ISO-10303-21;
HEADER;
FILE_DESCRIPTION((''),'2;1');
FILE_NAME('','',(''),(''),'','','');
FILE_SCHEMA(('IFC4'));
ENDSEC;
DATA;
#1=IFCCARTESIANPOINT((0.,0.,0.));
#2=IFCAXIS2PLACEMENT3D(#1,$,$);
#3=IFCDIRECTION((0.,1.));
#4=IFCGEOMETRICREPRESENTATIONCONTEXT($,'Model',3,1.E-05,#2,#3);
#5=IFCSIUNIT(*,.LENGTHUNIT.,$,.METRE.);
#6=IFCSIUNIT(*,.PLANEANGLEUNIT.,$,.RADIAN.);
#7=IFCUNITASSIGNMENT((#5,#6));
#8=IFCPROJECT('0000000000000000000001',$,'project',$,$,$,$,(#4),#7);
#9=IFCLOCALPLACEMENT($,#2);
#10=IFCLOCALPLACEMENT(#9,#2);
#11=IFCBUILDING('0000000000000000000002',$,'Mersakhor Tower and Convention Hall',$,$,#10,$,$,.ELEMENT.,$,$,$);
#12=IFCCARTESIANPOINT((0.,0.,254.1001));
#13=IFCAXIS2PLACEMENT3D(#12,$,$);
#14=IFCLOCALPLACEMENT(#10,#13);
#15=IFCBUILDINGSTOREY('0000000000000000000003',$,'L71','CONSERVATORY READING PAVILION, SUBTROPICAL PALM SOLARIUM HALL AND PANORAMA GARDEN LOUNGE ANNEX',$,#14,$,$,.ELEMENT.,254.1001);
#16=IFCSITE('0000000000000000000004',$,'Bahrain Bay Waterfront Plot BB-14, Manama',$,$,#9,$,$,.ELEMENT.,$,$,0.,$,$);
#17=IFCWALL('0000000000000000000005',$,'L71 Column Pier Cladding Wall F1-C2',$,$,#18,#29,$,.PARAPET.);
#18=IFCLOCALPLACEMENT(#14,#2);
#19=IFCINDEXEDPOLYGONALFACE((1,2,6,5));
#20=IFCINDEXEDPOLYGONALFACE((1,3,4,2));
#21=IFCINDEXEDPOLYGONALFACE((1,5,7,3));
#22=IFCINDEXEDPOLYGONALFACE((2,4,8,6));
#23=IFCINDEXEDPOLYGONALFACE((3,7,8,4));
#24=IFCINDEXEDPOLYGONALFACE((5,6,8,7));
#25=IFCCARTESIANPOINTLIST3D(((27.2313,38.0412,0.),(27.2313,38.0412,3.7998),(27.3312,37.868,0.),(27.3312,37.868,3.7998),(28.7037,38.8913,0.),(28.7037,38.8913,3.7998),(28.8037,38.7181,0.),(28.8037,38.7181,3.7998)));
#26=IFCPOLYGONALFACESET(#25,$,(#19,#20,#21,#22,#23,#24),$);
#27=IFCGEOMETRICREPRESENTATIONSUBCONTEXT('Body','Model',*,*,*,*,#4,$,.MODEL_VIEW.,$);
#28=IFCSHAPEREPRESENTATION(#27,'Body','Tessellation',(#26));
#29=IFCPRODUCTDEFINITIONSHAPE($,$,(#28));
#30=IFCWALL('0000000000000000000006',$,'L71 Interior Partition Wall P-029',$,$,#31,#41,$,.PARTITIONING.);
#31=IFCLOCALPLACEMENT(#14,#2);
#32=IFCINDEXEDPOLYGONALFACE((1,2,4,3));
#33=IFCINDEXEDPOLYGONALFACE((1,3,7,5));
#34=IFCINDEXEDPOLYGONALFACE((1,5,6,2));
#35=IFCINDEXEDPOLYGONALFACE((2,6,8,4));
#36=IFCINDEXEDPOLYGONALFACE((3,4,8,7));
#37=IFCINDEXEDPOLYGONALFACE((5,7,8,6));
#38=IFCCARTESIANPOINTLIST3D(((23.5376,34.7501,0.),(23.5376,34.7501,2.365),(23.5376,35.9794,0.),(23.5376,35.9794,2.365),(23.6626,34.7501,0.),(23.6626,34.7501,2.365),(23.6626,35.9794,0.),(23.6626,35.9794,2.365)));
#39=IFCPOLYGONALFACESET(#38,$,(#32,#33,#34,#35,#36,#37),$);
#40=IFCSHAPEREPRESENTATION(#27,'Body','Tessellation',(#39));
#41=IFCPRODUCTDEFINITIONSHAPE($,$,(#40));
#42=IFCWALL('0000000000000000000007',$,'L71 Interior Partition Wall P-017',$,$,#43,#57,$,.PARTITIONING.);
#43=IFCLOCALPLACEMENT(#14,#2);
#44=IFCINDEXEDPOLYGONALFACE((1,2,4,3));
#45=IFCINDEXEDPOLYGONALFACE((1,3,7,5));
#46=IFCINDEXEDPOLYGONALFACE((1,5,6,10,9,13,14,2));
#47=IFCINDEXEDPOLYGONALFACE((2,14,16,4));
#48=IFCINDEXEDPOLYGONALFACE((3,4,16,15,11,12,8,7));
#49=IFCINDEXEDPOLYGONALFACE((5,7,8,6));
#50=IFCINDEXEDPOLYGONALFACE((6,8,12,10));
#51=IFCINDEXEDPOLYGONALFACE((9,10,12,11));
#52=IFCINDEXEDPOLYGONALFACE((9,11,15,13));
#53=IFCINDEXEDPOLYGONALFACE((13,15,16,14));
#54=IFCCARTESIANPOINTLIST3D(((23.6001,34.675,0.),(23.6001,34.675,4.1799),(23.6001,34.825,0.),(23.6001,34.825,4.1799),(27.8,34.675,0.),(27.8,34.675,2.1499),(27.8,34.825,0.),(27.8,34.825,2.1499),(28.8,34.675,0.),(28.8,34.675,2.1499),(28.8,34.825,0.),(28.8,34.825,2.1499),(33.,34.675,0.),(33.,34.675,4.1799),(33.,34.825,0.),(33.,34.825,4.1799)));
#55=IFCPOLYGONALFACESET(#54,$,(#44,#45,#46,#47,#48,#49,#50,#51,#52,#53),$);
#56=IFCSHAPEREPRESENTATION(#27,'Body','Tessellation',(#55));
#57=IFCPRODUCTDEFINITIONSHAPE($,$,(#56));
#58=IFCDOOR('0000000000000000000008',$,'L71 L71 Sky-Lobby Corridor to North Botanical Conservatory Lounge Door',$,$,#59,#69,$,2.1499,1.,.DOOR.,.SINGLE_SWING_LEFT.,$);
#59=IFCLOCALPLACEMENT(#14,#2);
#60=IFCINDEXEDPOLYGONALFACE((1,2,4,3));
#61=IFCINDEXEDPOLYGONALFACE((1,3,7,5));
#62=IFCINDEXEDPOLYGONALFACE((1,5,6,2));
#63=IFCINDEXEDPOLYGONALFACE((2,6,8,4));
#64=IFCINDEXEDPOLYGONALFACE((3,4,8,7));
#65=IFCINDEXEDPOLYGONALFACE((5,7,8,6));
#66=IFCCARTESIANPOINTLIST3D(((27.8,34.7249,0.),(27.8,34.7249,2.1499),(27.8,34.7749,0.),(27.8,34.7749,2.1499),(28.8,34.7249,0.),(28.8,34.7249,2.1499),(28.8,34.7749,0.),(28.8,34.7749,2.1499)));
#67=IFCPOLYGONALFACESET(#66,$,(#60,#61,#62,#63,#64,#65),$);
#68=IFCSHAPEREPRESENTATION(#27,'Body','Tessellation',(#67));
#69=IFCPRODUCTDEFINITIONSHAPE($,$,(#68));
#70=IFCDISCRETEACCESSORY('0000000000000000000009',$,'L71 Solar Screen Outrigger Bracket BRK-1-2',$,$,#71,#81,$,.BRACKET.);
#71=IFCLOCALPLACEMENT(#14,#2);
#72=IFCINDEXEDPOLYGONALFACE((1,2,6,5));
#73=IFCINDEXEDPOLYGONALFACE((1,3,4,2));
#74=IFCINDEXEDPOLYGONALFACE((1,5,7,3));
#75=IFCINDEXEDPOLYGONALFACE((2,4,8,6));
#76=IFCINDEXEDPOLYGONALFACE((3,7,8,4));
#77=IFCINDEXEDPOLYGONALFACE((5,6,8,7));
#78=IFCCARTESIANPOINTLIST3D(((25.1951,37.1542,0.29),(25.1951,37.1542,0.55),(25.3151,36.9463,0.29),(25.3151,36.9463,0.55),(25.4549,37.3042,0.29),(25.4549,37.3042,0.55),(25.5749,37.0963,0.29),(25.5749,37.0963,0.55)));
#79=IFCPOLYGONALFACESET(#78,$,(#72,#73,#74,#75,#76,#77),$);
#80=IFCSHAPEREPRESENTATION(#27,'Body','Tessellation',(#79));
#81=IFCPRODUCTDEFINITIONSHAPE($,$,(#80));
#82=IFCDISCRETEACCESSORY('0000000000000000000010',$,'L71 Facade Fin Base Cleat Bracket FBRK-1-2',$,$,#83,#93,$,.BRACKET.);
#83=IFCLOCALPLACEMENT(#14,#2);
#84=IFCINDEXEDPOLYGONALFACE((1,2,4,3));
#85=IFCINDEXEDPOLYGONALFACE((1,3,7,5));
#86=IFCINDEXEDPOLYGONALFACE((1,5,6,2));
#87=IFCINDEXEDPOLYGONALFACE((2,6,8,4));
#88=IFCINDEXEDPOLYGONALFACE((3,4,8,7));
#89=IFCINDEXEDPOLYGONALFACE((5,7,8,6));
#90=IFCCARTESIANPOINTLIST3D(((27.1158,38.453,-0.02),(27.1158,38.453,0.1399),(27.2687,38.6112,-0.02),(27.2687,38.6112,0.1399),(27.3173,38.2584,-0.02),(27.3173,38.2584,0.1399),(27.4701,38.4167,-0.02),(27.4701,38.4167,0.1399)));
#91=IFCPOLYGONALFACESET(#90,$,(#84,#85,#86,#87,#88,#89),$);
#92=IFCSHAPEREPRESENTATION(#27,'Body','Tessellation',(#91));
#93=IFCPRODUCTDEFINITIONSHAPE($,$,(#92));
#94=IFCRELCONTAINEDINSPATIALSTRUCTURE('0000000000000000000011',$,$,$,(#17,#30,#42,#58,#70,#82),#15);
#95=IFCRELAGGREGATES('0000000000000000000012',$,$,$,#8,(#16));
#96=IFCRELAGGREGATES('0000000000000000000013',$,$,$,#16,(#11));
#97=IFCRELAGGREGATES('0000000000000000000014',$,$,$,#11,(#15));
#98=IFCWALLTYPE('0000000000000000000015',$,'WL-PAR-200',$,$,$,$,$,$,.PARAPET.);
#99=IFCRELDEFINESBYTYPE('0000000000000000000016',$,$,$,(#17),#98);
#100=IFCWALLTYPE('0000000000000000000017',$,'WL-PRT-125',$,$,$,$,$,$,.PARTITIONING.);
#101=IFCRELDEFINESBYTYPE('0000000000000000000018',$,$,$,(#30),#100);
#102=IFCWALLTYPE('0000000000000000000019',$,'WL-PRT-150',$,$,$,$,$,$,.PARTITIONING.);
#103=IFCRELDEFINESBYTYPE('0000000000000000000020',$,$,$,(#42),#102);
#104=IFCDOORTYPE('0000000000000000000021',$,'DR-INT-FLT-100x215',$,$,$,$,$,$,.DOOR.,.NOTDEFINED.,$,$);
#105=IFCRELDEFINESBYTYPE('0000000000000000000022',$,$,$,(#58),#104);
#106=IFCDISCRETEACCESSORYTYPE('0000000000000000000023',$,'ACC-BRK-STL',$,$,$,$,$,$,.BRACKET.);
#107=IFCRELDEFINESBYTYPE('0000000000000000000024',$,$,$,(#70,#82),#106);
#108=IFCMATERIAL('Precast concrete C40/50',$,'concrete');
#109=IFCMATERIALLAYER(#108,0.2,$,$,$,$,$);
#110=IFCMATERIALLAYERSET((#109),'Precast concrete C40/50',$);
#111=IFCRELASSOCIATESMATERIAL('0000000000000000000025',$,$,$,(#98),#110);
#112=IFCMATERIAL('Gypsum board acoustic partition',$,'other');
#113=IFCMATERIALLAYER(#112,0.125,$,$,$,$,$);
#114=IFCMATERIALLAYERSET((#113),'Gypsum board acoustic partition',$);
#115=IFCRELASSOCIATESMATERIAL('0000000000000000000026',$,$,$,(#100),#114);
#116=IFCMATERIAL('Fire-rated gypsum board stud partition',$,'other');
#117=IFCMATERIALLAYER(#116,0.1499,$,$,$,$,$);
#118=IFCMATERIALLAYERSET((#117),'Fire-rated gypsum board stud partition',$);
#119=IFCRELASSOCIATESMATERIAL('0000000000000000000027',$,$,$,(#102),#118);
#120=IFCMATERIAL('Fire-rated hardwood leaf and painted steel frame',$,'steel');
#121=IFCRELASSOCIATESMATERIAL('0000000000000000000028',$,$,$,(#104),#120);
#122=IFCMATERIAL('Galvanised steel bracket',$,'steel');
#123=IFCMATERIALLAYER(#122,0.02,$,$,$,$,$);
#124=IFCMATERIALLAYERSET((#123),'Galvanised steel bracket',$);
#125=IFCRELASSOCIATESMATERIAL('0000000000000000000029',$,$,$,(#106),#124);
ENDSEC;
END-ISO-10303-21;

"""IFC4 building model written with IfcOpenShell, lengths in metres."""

from ifc_helpers import new_model, si_unit, direction, frame, frame_2d, origin, origin_2d, place, context, subcontext, project, spatial, rectangle, extrude, material, layer, layer_set, type_object, element, fill, save


model = new_model("IFC4")

# Units and contexts
model_context = context("Model", 3, precision=1e-05, world=origin(), true_north=direction((0.0, 1.0)))
body_context = subcontext(model_context, "Body", "Model", "MODEL_VIEW")
ifc_project = project(units=[si_unit("LENGTHUNIT", "METRE"), si_unit("PLANEANGLEUNIT", "RADIAN")], contexts=[model_context])

# Site, building, storey
site_placement = place(None, origin())
site = spatial("IfcSite", under=ifc_project, at=site_placement, Name="Bahrain Bay Waterfront Plot BB-14, Manama", CompositionType="ELEMENT", RefElevation=0.0)
building_placement = place(site_placement, origin())
building = spatial("IfcBuilding", under=site, at=building_placement, Name="Mersakhor Tower and Convention Hall", CompositionType="ELEMENT")
storey_placement = place(building_placement, frame((0.0, 0.0, 254.1001)))
storey = spatial("IfcBuildingStorey", under=building, at=storey_placement, Name="L71", Description="CONSERVATORY READING PAVILION, SUBTROPICAL PALM SOLARIUM HALL AND PANORAMA GARDEN LOUNGE ANNEX", CompositionType="ELEMENT", Elevation=254.1001)

# Walls
ifc_material_1 = material(Name="Precast concrete C40/50", Category="concrete")
ifc_layer_1 = layer(ifc_material_1, 0.2)
ifc_layer_set_1 = layer_set([ifc_layer_1], Name="Precast concrete C40/50")
wall_type_1 = type_object("IfcWallType", Name="WL-PAR-200", PredefinedType="PARAPET", material=ifc_layer_set_1)
wall_1_placement = place(storey_placement, frame((27.2812, 37.9546, 0.0), z_axis=(0.0, 0.0, 1.0), x_axis=(0.866025, 0.5, 0.0)))
element("IfcWall", 1, at=wall_1_placement, inside=storey, type_object=wall_type_1, Name="L71 Column Pier Cladding Wall F1-C2", PredefinedType="PARAPET", context=body_context, shape_type="SweptSolid", body=[
    extrude(rectangle(XDim=1.7002, YDim=0.2, at=frame_2d((0.8501, 0.0))), origin(), (0.0, 0.0, 1.0), 3.7998),
])
ifc_material_2 = material(Name="Gypsum board acoustic partition", Category="other")
ifc_layer_2 = layer(ifc_material_2, 0.125)
ifc_layer_set_2 = layer_set([ifc_layer_2], Name="Gypsum board acoustic partition")
wall_type_2 = type_object("IfcWallType", Name="WL-PRT-125", PredefinedType="PARTITIONING", material=ifc_layer_set_2)
wall_2_placement = place(storey_placement, frame((23.6001, 34.75, 0.0), z_axis=(0.0, 0.0, 1.0), x_axis=(0.0, 1.0, 0.0)))
element("IfcWall", 2, at=wall_2_placement, inside=storey, type_object=wall_type_2, Name="L71 Interior Partition Wall P-029", PredefinedType="PARTITIONING", context=body_context, shape_type="SweptSolid", body=[
    extrude(rectangle(XDim=1.2292, YDim=0.125, at=frame_2d((0.6147, 0.0))), origin(), (0.0, 0.0, 1.0), 2.365),
])

# Wall, opening, door
ifc_material_3 = material(Name="Fire-rated gypsum board stud partition", Category="other")
ifc_layer_3 = layer(ifc_material_3, 0.1499)
ifc_layer_set_3 = layer_set([ifc_layer_3], Name="Fire-rated gypsum board stud partition")
wall_type_3 = type_object("IfcWallType", Name="WL-PRT-150", PredefinedType="PARTITIONING", material=ifc_layer_set_3)
wall_3_placement = place(storey_placement, frame((23.6001, 34.75, 0.0), z_axis=(0.0, 0.0, 1.0), x_axis=(1.0, 0.0, 0.0)))
wall_3 = element("IfcWall", 3, at=wall_3_placement, inside=storey, type_object=wall_type_3, Name="L71 Interior Partition Wall P-017", PredefinedType="PARTITIONING", context=body_context, shape_type="SweptSolid", body=[
    extrude(rectangle(XDim=9.3999, YDim=0.1499, at=frame_2d((4.7, 0.0))), origin(), (0.0, 0.0, 1.0), 4.1799),
])
opening_1_placement = place(wall_3_placement, frame((4.2, 0.0, 0.0)))
opening_1 = element("IfcOpeningElement", 4, at=opening_1_placement, cuts=wall_3, PredefinedType="OPENING", context=body_context, shape_type="SweptSolid", body=[
    extrude(rectangle(XDim=1.0, YDim=2.1499, at=frame_2d((0.5, 1.075))), frame((0.0, 0.085, 0.0), z_axis=(0.0, -1.0, 0.0), x_axis=(1.0, 0.0, 0.0)), (0.0, 0.0, 1.0), 0.1699),
])
ifc_material_4 = material(Name="Fire-rated hardwood leaf and painted steel frame", Category="steel")
door_type_1 = type_object("IfcDoorType", Name="DR-INT-FLT-100x215", OperationType="NOTDEFINED", PredefinedType="DOOR", material=ifc_material_4)
door_1_placement = place(opening_1_placement, origin())
door_1 = element("IfcDoor", 5, at=door_1_placement, inside=storey, type_object=door_type_1, Name="L71 L71 Sky-Lobby Corridor to North Botanical Conservatory Lounge Door", OperationType="SINGLE_SWING_LEFT", OverallHeight=2.1499, OverallWidth=1.0, PredefinedType="DOOR", context=body_context, shape_type="SweptSolid", body=[
    extrude(rectangle(XDim=1.0, YDim=2.1499, at=frame_2d((0.5, 1.075))), frame((0.0, 0.0249, 0.0), z_axis=(0.0, -1.0, 0.0), x_axis=(1.0, 0.0, 0.0)), (0.0, 0.0, 1.0), 0.05),
])
fill(opening_1, door_1)

# Discrete accessories
ifc_material_5 = material(Name="Galvanised steel bracket", Category="steel")
ifc_layer_4 = layer(ifc_material_5, 0.02)
ifc_layer_set_4 = layer_set([ifc_layer_4], Name="Galvanised steel bracket")
discrete_accessory_type = type_object("IfcDiscreteAccessoryType", Name="ACC-BRK-STL", PredefinedType="BRACKET", material=ifc_layer_set_4)
discrete_accessory_1_placement = place(storey_placement, frame((25.385, 37.1252, 0.29), z_axis=(0.0, 0.0, 1.0), x_axis=(0.866025, 0.5, 0.0)))
element("IfcDiscreteAccessory", 6, at=discrete_accessory_1_placement, inside=storey, type_object=discrete_accessory_type, Name="L71 Solar Screen Outrigger Bracket BRK-1-2", PredefinedType="BRACKET", context=body_context, shape_type="SweptSolid", body=[
    extrude(rectangle(XDim=0.3, YDim=0.24, at=origin_2d()), origin(), (0.0, 0.0, 1.0), 0.26),
])
discrete_accessory_2_placement = place(storey_placement, frame((27.293, 38.4348, -0.02), z_axis=(0.0, 0.0, 1.0), x_axis=(-0.71934, 0.694658, 0.0)))
element("IfcDiscreteAccessory", 7, at=discrete_accessory_2_placement, inside=storey, type_object=discrete_accessory_type, Name="L71 Facade Fin Base Cleat Bracket FBRK-1-2", PredefinedType="BRACKET", context=body_context, shape_type="SweptSolid", body=[
    extrude(rectangle(XDim=0.28, YDim=0.22, at=origin_2d()), origin(), (0.0, 0.0, 1.0), 0.1599),
])

save(model, "model.ifc")
